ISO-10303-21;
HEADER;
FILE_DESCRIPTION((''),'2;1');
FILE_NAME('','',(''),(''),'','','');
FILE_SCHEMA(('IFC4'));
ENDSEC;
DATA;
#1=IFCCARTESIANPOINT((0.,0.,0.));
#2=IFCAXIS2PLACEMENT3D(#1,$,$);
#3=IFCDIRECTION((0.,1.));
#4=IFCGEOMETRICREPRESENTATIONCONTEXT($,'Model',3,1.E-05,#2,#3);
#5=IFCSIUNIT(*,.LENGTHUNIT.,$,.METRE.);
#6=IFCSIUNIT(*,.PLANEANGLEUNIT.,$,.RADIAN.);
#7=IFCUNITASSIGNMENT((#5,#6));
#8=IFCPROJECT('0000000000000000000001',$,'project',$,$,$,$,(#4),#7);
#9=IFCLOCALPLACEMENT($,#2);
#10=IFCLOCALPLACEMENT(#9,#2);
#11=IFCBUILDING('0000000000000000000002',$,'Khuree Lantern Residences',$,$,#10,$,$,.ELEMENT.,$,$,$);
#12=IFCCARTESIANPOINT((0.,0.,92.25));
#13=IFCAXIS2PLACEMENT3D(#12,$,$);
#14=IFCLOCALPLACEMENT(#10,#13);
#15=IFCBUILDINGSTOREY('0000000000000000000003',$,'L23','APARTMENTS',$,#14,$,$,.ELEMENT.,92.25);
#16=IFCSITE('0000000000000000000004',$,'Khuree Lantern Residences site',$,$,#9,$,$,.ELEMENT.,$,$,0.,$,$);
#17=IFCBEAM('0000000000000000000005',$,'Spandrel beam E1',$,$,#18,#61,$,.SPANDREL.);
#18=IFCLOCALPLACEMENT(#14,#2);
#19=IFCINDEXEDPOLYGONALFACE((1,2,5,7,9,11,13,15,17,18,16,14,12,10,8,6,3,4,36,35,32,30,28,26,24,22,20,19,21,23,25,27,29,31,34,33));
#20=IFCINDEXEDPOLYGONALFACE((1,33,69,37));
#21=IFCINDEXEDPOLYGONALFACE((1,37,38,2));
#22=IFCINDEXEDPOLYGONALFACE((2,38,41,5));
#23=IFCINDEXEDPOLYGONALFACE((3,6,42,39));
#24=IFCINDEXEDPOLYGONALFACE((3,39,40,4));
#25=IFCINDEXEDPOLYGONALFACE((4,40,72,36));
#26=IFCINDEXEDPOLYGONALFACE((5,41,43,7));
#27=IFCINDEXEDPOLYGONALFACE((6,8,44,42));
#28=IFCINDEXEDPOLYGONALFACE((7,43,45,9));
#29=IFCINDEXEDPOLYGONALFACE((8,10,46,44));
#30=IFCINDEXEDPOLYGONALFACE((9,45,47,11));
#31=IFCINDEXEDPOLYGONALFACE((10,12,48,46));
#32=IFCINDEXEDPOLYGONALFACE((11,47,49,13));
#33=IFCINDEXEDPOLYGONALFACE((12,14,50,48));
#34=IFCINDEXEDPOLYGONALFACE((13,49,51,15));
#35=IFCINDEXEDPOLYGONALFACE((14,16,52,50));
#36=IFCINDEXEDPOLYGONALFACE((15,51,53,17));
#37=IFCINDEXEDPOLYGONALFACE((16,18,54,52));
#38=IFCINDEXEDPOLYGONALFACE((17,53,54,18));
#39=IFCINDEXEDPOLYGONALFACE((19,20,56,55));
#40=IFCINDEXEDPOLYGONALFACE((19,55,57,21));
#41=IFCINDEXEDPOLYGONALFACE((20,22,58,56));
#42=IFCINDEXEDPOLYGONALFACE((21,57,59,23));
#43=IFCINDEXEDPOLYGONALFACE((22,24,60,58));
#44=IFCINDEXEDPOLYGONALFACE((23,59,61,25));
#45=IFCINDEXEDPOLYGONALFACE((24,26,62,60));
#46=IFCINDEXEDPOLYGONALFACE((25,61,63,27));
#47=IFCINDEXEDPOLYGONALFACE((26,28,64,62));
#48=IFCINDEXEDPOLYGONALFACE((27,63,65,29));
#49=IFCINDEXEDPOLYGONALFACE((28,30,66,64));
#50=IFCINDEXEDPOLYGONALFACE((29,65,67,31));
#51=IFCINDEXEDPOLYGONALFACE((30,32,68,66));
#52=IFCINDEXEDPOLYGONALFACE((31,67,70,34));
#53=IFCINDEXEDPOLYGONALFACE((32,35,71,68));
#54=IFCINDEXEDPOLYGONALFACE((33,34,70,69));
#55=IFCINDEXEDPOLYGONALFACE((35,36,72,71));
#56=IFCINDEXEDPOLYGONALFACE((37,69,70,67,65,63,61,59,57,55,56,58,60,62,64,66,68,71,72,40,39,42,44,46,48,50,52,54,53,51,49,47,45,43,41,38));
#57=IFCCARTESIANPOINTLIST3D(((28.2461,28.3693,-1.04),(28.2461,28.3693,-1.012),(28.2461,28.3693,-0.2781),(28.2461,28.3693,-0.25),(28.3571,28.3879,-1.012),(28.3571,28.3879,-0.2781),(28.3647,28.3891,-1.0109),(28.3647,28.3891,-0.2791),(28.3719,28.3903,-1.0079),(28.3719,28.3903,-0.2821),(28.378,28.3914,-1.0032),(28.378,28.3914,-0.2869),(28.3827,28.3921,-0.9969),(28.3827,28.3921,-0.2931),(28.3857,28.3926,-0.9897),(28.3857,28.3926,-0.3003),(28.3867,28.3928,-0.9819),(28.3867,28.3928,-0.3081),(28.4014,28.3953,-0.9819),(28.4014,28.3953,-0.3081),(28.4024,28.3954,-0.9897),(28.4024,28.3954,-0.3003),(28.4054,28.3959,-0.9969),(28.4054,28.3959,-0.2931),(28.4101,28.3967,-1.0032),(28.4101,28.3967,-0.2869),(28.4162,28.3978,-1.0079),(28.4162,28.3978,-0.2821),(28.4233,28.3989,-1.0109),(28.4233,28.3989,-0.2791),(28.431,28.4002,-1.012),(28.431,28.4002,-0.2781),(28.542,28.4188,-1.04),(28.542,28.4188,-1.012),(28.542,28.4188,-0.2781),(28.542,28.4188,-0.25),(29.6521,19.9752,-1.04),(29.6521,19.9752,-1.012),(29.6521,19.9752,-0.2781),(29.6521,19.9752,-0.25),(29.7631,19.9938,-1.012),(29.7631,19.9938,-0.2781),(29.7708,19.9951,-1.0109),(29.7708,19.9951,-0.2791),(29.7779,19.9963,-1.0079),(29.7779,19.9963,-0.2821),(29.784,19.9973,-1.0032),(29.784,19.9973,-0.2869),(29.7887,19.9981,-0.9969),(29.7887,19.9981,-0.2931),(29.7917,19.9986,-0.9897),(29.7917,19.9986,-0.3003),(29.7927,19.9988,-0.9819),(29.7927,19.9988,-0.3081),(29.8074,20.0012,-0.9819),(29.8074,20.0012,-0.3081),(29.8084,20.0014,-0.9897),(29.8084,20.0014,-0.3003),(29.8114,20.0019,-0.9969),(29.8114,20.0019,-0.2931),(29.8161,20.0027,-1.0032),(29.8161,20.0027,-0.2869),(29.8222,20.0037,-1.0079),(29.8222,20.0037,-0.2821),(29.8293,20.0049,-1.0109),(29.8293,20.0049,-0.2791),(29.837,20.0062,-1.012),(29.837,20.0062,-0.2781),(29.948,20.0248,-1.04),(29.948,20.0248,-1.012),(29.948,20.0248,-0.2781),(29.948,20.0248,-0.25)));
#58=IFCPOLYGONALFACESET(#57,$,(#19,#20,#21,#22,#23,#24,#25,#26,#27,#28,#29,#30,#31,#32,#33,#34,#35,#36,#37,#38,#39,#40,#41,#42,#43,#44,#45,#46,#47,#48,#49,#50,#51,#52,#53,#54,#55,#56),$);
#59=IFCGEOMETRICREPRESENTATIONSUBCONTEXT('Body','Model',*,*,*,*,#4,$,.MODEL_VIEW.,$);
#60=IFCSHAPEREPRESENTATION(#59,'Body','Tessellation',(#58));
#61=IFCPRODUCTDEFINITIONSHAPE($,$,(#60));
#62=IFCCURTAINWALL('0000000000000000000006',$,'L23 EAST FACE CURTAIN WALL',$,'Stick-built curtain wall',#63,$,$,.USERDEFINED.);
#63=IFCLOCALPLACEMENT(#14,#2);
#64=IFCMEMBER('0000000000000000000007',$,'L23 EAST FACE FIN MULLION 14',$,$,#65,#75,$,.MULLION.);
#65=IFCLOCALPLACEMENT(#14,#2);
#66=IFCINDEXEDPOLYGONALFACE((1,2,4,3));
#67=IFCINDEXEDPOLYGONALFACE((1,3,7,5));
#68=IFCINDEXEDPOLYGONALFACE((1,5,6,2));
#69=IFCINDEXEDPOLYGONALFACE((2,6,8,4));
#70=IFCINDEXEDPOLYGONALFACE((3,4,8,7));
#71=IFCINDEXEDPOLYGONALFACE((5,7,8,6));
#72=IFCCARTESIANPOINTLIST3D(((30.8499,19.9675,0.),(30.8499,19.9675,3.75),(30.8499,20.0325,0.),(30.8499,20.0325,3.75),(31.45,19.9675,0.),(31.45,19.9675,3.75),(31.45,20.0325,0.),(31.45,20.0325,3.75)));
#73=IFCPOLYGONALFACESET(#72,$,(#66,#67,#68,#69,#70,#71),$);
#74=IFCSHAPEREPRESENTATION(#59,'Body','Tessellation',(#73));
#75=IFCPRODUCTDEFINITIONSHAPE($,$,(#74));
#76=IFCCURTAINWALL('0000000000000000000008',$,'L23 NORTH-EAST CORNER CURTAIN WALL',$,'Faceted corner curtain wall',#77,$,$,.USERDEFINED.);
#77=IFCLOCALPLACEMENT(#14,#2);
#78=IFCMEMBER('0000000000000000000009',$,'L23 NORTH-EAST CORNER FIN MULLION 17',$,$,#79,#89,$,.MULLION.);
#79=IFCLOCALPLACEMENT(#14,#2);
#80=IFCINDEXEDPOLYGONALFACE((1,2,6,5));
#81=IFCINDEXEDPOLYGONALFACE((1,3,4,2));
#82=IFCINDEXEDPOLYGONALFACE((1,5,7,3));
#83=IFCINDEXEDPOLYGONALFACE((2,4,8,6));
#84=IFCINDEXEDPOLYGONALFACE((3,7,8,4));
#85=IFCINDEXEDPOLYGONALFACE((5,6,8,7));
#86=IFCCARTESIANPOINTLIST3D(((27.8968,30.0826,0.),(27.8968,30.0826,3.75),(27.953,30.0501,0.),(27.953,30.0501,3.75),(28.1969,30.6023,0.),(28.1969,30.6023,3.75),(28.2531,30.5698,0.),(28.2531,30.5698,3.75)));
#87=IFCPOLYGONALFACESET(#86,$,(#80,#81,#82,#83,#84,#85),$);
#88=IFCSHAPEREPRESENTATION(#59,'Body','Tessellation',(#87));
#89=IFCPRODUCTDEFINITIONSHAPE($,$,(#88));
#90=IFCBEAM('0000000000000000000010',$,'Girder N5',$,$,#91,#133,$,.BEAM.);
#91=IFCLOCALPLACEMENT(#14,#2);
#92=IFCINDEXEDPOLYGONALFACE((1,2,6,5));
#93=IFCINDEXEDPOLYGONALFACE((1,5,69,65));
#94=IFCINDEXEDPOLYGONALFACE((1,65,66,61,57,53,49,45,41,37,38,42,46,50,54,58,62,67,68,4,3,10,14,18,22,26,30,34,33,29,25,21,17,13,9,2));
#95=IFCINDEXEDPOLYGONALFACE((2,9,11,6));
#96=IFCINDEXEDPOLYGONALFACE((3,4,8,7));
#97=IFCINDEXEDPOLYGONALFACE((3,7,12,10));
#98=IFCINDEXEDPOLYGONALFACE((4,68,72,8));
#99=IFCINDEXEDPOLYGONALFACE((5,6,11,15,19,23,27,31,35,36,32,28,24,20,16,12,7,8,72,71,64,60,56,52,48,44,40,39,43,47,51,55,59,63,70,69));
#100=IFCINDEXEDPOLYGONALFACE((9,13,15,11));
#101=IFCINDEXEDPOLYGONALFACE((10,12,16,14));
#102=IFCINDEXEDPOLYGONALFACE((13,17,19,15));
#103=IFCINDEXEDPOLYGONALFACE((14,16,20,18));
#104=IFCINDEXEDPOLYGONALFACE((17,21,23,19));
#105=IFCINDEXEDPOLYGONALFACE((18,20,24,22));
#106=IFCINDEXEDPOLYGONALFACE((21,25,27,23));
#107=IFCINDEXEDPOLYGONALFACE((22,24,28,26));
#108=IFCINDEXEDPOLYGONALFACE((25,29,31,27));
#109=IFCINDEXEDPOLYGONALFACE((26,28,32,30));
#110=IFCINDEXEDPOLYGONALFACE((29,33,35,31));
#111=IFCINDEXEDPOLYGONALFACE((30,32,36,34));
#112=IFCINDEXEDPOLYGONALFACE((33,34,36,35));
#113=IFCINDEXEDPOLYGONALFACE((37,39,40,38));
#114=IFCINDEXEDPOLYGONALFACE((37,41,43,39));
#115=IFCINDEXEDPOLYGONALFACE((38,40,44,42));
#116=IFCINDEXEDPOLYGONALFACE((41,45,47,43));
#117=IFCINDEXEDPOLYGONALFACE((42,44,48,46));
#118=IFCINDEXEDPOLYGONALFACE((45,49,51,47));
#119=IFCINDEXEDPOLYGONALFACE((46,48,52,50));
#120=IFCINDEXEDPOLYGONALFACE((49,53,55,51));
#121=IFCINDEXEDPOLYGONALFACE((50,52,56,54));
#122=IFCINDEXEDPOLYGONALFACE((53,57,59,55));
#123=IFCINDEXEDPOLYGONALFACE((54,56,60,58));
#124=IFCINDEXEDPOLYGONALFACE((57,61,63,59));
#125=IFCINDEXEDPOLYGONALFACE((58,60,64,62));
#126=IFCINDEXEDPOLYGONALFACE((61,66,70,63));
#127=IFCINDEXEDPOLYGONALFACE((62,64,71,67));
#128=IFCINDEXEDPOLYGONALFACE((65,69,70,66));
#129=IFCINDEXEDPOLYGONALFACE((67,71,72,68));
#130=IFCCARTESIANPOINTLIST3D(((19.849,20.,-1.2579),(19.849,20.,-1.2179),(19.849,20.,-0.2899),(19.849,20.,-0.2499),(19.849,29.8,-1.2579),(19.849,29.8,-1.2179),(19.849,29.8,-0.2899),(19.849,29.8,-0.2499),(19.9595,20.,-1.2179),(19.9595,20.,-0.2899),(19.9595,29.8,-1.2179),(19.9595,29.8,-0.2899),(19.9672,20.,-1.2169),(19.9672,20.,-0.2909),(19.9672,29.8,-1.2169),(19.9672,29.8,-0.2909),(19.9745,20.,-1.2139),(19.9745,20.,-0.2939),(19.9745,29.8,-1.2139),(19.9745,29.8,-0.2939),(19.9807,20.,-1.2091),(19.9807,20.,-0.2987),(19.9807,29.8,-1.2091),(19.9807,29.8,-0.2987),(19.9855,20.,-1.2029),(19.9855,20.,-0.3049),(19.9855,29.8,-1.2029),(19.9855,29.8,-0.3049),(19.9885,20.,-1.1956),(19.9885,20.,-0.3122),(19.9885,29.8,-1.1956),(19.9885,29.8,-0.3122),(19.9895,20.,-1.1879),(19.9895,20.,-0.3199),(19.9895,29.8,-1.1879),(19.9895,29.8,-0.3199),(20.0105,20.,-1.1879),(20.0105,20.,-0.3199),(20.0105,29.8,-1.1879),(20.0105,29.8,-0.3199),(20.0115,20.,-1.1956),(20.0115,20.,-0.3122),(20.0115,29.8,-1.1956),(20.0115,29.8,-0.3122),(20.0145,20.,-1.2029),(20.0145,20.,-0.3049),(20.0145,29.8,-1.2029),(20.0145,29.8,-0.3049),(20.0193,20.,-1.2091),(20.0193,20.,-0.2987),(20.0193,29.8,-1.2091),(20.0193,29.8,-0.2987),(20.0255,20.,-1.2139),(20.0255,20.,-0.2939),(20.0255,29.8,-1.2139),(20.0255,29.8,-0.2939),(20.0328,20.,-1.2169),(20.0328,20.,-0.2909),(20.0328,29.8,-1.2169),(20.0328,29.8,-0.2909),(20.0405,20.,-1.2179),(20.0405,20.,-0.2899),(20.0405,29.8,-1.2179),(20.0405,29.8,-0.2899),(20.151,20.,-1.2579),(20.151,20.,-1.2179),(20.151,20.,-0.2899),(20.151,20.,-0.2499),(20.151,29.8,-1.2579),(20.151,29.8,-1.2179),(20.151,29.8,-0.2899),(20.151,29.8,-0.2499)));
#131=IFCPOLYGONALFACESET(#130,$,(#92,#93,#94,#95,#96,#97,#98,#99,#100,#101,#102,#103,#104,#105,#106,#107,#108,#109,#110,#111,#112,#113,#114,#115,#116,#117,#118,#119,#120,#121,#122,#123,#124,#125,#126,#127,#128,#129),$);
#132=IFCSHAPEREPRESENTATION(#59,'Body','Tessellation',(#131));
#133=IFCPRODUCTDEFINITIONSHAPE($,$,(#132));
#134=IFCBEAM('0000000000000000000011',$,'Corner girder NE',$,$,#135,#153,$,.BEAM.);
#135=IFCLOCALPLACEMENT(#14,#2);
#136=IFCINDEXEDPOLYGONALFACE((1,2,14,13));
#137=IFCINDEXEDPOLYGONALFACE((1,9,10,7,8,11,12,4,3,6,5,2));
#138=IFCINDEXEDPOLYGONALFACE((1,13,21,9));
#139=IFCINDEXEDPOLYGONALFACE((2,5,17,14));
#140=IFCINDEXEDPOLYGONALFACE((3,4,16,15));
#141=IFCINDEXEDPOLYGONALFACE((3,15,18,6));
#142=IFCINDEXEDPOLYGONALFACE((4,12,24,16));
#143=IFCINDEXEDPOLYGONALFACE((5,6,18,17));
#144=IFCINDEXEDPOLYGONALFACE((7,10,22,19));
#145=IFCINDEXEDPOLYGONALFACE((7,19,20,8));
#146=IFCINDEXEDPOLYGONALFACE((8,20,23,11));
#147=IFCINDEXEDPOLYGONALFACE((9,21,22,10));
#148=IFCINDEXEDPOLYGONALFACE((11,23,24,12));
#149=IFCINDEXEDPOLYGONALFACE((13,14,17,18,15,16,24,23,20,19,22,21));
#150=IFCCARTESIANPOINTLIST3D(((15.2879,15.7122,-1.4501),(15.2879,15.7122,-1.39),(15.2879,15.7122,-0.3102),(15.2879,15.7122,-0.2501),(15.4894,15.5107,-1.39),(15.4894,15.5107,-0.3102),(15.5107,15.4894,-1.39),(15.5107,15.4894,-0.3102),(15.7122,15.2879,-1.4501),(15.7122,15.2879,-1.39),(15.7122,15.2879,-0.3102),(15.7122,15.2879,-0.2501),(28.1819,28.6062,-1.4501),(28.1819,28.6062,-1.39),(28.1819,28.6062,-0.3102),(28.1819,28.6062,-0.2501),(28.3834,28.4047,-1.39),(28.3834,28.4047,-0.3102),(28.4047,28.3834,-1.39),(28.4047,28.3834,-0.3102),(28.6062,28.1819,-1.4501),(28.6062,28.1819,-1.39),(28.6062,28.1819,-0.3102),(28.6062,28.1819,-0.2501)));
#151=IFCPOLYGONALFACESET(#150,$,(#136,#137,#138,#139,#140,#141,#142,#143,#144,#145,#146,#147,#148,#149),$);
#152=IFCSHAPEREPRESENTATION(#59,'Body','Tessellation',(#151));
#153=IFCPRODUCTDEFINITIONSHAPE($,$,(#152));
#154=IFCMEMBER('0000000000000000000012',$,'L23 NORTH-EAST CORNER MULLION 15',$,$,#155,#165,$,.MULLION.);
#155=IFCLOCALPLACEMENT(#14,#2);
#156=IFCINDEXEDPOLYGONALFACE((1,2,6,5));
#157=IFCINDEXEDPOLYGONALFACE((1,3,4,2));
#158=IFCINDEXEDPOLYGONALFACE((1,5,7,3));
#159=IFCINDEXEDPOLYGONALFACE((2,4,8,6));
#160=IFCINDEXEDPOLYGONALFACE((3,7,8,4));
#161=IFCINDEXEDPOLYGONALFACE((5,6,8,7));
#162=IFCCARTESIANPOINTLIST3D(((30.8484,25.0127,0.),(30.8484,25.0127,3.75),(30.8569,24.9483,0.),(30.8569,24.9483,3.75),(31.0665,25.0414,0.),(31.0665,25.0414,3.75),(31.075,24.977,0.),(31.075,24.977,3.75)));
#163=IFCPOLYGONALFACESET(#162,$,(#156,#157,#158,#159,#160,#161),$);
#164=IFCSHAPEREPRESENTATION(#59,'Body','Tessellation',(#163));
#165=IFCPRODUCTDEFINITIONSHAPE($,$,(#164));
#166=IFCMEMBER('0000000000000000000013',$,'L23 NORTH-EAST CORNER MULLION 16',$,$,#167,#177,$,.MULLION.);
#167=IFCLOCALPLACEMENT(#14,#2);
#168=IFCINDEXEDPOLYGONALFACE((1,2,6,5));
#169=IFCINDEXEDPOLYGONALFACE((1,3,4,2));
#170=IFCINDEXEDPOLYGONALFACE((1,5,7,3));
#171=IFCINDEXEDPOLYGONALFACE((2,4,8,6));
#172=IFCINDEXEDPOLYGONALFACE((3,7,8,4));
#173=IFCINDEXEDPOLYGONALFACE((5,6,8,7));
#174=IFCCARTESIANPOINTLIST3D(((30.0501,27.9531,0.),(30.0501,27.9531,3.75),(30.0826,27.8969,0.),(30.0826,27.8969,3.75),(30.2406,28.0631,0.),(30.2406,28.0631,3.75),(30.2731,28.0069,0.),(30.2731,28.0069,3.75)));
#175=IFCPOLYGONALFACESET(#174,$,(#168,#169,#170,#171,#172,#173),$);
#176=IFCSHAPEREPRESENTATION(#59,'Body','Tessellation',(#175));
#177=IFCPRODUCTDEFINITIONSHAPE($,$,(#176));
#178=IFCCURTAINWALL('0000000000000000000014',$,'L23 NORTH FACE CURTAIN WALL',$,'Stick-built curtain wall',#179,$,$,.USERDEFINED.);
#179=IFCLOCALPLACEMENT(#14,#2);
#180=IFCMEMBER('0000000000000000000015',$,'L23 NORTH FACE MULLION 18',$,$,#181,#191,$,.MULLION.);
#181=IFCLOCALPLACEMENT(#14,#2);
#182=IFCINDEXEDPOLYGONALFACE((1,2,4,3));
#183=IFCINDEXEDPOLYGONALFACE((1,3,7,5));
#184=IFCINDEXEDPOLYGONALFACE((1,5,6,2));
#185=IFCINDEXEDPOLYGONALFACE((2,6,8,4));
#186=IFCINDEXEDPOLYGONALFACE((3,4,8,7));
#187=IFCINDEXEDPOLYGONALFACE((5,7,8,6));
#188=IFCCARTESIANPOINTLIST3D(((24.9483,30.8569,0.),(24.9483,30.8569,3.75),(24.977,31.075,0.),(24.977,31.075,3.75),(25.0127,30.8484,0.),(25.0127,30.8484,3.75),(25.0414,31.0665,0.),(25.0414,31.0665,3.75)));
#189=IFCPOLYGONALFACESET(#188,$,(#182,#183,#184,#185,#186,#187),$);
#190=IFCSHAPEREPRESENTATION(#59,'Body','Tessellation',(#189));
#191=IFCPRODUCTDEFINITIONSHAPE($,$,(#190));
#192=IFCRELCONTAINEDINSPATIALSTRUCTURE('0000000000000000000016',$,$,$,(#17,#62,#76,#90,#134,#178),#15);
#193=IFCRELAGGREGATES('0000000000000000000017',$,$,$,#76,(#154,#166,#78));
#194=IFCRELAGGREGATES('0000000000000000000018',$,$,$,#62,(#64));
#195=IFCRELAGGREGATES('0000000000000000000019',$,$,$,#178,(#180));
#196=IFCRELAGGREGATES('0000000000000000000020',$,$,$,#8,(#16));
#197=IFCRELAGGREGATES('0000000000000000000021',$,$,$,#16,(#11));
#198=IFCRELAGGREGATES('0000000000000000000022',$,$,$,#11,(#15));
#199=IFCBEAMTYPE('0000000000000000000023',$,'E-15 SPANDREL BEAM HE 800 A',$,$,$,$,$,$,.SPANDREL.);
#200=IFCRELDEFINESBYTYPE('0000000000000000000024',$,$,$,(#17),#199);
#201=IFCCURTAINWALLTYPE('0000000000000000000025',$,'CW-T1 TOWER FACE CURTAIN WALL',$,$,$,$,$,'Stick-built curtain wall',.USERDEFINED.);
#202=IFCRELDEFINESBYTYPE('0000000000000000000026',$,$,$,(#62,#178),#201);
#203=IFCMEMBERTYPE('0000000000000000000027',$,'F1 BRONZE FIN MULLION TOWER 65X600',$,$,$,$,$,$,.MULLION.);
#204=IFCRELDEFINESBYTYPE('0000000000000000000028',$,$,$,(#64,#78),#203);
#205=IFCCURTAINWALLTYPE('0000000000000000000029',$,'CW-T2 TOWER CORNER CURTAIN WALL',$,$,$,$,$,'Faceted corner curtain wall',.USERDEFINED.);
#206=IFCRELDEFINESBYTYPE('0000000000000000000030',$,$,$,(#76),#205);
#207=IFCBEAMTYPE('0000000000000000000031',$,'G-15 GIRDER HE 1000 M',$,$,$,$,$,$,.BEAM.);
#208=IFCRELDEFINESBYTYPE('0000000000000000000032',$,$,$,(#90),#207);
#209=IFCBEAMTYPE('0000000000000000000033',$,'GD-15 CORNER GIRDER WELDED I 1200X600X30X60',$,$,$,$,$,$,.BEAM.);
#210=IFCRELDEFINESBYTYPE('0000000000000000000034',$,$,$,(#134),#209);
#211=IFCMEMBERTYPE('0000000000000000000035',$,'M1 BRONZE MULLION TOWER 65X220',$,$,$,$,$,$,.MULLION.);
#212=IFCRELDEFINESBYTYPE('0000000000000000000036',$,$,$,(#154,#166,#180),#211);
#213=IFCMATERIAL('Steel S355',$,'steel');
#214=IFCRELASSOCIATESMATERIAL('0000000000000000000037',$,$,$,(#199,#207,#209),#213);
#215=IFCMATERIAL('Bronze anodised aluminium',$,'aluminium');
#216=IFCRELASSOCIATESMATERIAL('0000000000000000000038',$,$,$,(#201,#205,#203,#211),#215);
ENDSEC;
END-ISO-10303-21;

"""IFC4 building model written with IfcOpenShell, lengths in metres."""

from ifc_helpers import new_model, si_unit, direction, frame, origin, origin_2d, place, context, subcontext, project, spatial, rectangle, i_section, extrude, material, material_profile, profile_set, type_object, element, aggregate, save


model = new_model("IFC4")

# Units and contexts
model_context = context("Model", 3, precision=1e-05, world=origin(), true_north=direction((0.0, 1.0)))
body_context = subcontext(model_context, "Body", "Model", "MODEL_VIEW")
ifc_project = project(units=[si_unit("LENGTHUNIT", "METRE"), si_unit("PLANEANGLEUNIT", "RADIAN")], contexts=[model_context])

# Site, building, storey
site_placement = place(None, origin())
site = spatial("IfcSite", under=ifc_project, at=site_placement, Name="Khuree Lantern Residences site", CompositionType="ELEMENT", RefElevation=0.0)
building_placement = place(site_placement, origin())
building = spatial("IfcBuilding", under=site, at=building_placement, Name="Khuree Lantern Residences", CompositionType="ELEMENT")
storey_placement = place(building_placement, frame((0.0, 0.0, 92.25)))
storey = spatial("IfcBuildingStorey", under=building, at=storey_placement, Name="L23", Description="APARTMENTS", CompositionType="ELEMENT", Elevation=92.25)

# Beam
ifc_material_1 = material(Name="Steel S355", Category="steel")
ifc_material_profile_1 = material_profile(ifc_material_1, i_section(OverallWidth=0.3, OverallDepth=0.79, WebThickness=0.0149, FlangeThickness=0.0281, FilletRadius=0.03, at=origin_2d()), Name="HE 800 A")
ifc_profile_set_1 = profile_set([ifc_material_profile_1], Name="Steel S355")
beam_type_1 = type_object("IfcBeamType", Name="E-15 SPANDREL BEAM HE 800 A", PredefinedType="SPANDREL", material=ifc_profile_set_1)
for number, where, z_axis, x_axis, name in (
    (1, (28.394, 28.394, -0.645), (0.165199, -0.98626, 0.0), (0.98626, 0.165199, 0.0), "Spandrel beam E1"),
):
    element("IfcBeam", number, at=place(storey_placement, frame(where, z_axis=z_axis, x_axis=x_axis)), inside=storey, type_object=beam_type_1, Name=name, PredefinedType="SPANDREL", context=body_context, shape_type="SweptSolid", body=[
        extrude(i_section(OverallWidth=0.3, OverallDepth=0.79, WebThickness=0.0149, FlangeThickness=0.0281, FilletRadius=0.03, at=origin_2d()), origin(), (0.0, 0.0, 1.0), 8.511),
    ])

# Curtain walls, members
ifc_material_2 = material(Name="Bronze anodised aluminium", Category="aluminium")
curtain_wall_type_1 = type_object("IfcCurtainWallType", Name="CW-T1 TOWER FACE CURTAIN WALL", ElementType="Stick-built curtain wall", PredefinedType="USERDEFINED", material=ifc_material_2)
curtain_wall_1_placement = place(storey_placement, origin())
curtain_wall_1 = element("IfcCurtainWall", 2, at=curtain_wall_1_placement, inside=storey, type_object=curtain_wall_type_1, Name="L23 EAST FACE CURTAIN WALL", ObjectType="Stick-built curtain wall", PredefinedType="USERDEFINED")
ifc_material_profile_2 = material_profile(ifc_material_2, rectangle(XDim=0.0649, YDim=0.6001, at=origin_2d()), Name="F1 65X600")
ifc_profile_set_2 = profile_set([ifc_material_profile_2], Name="Bronze anodised aluminium")
member_type_1 = type_object("IfcMemberType", Name="F1 BRONZE FIN MULLION TOWER 65X600", PredefinedType="MULLION", material=ifc_profile_set_2)
member_1_placement = place(storey_placement, frame((31.1499, 20.0, 0.0), z_axis=(0.0, 0.0, 1.0), x_axis=(0.0, 1.0, 0.0)))
member_1 = element("IfcMember", 3, at=member_1_placement, type_object=member_type_1, Name="L23 EAST FACE FIN MULLION 14", PredefinedType="MULLION", context=body_context, shape_type="SweptSolid", body=[
    extrude(rectangle(XDim=0.0649, YDim=0.6001, at=origin_2d()), origin(), (0.0, 0.0, 1.0), 3.75),
])
curtain_wall_type_2 = type_object("IfcCurtainWallType", Name="CW-T2 TOWER CORNER CURTAIN WALL", ElementType="Faceted corner curtain wall", PredefinedType="USERDEFINED", material=ifc_material_2)
curtain_wall_2_placement = place(storey_placement, origin())
curtain_wall_2 = element("IfcCurtainWall", 4, at=curtain_wall_2_placement, inside=storey, type_object=curtain_wall_type_2, Name="L23 NORTH-EAST CORNER CURTAIN WALL", ObjectType="Faceted corner curtain wall", PredefinedType="USERDEFINED")
member_2_placement = place(storey_placement, frame((28.075, 30.3262, 0.0), z_axis=(0.0, 0.0, 1.0), x_axis=(-0.866025, 0.5, 0.0)))
member_2 = element("IfcMember", 5, at=member_2_placement, type_object=member_type_1, Name="L23 NORTH-EAST CORNER FIN MULLION 17", PredefinedType="MULLION", context=body_context, shape_type="SweptSolid", body=[
    extrude(rectangle(XDim=0.0649, YDim=0.6001, at=origin_2d()), origin(), (0.0, 0.0, 1.0), 3.75),
])

# Beams
ifc_material_profile_3 = material_profile(ifc_material_1, i_section(OverallWidth=0.302, OverallDepth=1.0081, WebThickness=0.021, FlangeThickness=0.04, FilletRadius=0.03, at=origin_2d()), Name="HE 1000 M")
ifc_profile_set_3 = profile_set([ifc_material_profile_3], Name="Steel S355")
beam_type_2 = type_object("IfcBeamType", Name="G-15 GIRDER HE 1000 M", PredefinedType="BEAM", material=ifc_profile_set_3)
beam_1_placement = place(storey_placement, frame((20.0, 29.8, -0.7539), z_axis=(0.0, -1.0, 0.0), x_axis=(1.0, 0.0, 0.0)))
element("IfcBeam", 6, at=beam_1_placement, inside=storey, type_object=beam_type_2, Name="Girder N5", PredefinedType="BEAM", context=body_context, shape_type="SweptSolid", body=[
    extrude(i_section(OverallWidth=0.302, OverallDepth=1.0081, WebThickness=0.021, FlangeThickness=0.04, FilletRadius=0.03, at=origin_2d()), origin(), (0.0, 0.0, 1.0), 9.8),
])
ifc_material_profile_4 = material_profile(ifc_material_1, i_section(OverallWidth=0.6001, OverallDepth=1.2, WebThickness=0.03, FlangeThickness=0.0601, at=origin_2d()), Name="WELDED I 1200X600X30X60")
ifc_profile_set_4 = profile_set([ifc_material_profile_4], Name="Steel S355")
beam_type_3 = type_object("IfcBeamType", Name="GD-15 CORNER GIRDER WELDED I 1200X600X30X60", PredefinedType="BEAM", material=ifc_profile_set_4)
beam_2_placement = place(storey_placement, frame((28.394, 28.394, -0.8501), z_axis=(-0.707107, -0.707107, 0.0), x_axis=(0.707107, -0.707107, 0.0)))
element("IfcBeam", 7, at=beam_2_placement, inside=storey, type_object=beam_type_3, Name="Corner girder NE", PredefinedType="BEAM", context=body_context, shape_type="SweptSolid", body=[
    extrude(i_section(OverallWidth=0.6001, OverallDepth=1.2, WebThickness=0.03, FlangeThickness=0.0601, at=origin_2d()), origin(), (0.0, 0.0, 1.0), 18.2349),
])

# Members
ifc_material_profile_5 = material_profile(ifc_material_2, rectangle(XDim=0.0649, YDim=0.22, at=origin_2d()), Name="M1 65X220")
ifc_profile_set_5 = profile_set([ifc_material_profile_5], Name="Bronze anodised aluminium")
member_type_2 = type_object("IfcMemberType", Name="M1 BRONZE MULLION TOWER 65X220", PredefinedType="MULLION", material=ifc_profile_set_5)
member_3_placement = place(storey_placement, frame((30.9617, 24.9949, 0.0), z_axis=(0.0, 0.0, 1.0), x_axis=(-0.130526, 0.991445, 0.0)))
member_3 = element("IfcMember", 8, at=member_3_placement, type_object=member_type_2, Name="L23 NORTH-EAST CORNER MULLION 15", PredefinedType="MULLION", context=body_context, shape_type="SweptSolid", body=[
    extrude(rectangle(XDim=0.0649, YDim=0.22, at=origin_2d()), origin(), (0.0, 0.0, 1.0), 3.75),
])
member_4_placement = place(storey_placement, frame((30.1616, 27.98, 0.0), z_axis=(0.0, 0.0, 1.0), x_axis=(-0.5, 0.866025, 0.0)))
member_4 = element("IfcMember", 9, at=member_4_placement, type_object=member_type_2, Name="L23 NORTH-EAST CORNER MULLION 16", PredefinedType="MULLION", context=body_context, shape_type="SweptSolid", body=[
    extrude(rectangle(XDim=0.0649, YDim=0.22, at=origin_2d()), origin(), (0.0, 0.0, 1.0), 3.75),
])

# Curtain wall, member
curtain_wall_3_placement = place(storey_placement, origin())
curtain_wall_3 = element("IfcCurtainWall", 10, at=curtain_wall_3_placement, inside=storey, type_object=curtain_wall_type_1, Name="L23 NORTH FACE CURTAIN WALL", ObjectType="Stick-built curtain wall", PredefinedType="USERDEFINED")
member_5_placement = place(storey_placement, frame((24.9949, 30.9617, 0.0), z_axis=(0.0, 0.0, 1.0), x_axis=(-0.991445, 0.130526, 0.0)))
member_5 = element("IfcMember", 11, at=member_5_placement, type_object=member_type_2, Name="L23 NORTH FACE MULLION 18", PredefinedType="MULLION", context=body_context, shape_type="SweptSolid", body=[
    extrude(rectangle(XDim=0.0649, YDim=0.22, at=origin_2d()), origin(), (0.0, 0.0, 1.0), 3.75),
])

aggregate(curtain_wall_2, [member_3, member_4, member_2])
aggregate(curtain_wall_1, [member_1])
aggregate(curtain_wall_3, [member_5])

save(model, "model.ifc")
